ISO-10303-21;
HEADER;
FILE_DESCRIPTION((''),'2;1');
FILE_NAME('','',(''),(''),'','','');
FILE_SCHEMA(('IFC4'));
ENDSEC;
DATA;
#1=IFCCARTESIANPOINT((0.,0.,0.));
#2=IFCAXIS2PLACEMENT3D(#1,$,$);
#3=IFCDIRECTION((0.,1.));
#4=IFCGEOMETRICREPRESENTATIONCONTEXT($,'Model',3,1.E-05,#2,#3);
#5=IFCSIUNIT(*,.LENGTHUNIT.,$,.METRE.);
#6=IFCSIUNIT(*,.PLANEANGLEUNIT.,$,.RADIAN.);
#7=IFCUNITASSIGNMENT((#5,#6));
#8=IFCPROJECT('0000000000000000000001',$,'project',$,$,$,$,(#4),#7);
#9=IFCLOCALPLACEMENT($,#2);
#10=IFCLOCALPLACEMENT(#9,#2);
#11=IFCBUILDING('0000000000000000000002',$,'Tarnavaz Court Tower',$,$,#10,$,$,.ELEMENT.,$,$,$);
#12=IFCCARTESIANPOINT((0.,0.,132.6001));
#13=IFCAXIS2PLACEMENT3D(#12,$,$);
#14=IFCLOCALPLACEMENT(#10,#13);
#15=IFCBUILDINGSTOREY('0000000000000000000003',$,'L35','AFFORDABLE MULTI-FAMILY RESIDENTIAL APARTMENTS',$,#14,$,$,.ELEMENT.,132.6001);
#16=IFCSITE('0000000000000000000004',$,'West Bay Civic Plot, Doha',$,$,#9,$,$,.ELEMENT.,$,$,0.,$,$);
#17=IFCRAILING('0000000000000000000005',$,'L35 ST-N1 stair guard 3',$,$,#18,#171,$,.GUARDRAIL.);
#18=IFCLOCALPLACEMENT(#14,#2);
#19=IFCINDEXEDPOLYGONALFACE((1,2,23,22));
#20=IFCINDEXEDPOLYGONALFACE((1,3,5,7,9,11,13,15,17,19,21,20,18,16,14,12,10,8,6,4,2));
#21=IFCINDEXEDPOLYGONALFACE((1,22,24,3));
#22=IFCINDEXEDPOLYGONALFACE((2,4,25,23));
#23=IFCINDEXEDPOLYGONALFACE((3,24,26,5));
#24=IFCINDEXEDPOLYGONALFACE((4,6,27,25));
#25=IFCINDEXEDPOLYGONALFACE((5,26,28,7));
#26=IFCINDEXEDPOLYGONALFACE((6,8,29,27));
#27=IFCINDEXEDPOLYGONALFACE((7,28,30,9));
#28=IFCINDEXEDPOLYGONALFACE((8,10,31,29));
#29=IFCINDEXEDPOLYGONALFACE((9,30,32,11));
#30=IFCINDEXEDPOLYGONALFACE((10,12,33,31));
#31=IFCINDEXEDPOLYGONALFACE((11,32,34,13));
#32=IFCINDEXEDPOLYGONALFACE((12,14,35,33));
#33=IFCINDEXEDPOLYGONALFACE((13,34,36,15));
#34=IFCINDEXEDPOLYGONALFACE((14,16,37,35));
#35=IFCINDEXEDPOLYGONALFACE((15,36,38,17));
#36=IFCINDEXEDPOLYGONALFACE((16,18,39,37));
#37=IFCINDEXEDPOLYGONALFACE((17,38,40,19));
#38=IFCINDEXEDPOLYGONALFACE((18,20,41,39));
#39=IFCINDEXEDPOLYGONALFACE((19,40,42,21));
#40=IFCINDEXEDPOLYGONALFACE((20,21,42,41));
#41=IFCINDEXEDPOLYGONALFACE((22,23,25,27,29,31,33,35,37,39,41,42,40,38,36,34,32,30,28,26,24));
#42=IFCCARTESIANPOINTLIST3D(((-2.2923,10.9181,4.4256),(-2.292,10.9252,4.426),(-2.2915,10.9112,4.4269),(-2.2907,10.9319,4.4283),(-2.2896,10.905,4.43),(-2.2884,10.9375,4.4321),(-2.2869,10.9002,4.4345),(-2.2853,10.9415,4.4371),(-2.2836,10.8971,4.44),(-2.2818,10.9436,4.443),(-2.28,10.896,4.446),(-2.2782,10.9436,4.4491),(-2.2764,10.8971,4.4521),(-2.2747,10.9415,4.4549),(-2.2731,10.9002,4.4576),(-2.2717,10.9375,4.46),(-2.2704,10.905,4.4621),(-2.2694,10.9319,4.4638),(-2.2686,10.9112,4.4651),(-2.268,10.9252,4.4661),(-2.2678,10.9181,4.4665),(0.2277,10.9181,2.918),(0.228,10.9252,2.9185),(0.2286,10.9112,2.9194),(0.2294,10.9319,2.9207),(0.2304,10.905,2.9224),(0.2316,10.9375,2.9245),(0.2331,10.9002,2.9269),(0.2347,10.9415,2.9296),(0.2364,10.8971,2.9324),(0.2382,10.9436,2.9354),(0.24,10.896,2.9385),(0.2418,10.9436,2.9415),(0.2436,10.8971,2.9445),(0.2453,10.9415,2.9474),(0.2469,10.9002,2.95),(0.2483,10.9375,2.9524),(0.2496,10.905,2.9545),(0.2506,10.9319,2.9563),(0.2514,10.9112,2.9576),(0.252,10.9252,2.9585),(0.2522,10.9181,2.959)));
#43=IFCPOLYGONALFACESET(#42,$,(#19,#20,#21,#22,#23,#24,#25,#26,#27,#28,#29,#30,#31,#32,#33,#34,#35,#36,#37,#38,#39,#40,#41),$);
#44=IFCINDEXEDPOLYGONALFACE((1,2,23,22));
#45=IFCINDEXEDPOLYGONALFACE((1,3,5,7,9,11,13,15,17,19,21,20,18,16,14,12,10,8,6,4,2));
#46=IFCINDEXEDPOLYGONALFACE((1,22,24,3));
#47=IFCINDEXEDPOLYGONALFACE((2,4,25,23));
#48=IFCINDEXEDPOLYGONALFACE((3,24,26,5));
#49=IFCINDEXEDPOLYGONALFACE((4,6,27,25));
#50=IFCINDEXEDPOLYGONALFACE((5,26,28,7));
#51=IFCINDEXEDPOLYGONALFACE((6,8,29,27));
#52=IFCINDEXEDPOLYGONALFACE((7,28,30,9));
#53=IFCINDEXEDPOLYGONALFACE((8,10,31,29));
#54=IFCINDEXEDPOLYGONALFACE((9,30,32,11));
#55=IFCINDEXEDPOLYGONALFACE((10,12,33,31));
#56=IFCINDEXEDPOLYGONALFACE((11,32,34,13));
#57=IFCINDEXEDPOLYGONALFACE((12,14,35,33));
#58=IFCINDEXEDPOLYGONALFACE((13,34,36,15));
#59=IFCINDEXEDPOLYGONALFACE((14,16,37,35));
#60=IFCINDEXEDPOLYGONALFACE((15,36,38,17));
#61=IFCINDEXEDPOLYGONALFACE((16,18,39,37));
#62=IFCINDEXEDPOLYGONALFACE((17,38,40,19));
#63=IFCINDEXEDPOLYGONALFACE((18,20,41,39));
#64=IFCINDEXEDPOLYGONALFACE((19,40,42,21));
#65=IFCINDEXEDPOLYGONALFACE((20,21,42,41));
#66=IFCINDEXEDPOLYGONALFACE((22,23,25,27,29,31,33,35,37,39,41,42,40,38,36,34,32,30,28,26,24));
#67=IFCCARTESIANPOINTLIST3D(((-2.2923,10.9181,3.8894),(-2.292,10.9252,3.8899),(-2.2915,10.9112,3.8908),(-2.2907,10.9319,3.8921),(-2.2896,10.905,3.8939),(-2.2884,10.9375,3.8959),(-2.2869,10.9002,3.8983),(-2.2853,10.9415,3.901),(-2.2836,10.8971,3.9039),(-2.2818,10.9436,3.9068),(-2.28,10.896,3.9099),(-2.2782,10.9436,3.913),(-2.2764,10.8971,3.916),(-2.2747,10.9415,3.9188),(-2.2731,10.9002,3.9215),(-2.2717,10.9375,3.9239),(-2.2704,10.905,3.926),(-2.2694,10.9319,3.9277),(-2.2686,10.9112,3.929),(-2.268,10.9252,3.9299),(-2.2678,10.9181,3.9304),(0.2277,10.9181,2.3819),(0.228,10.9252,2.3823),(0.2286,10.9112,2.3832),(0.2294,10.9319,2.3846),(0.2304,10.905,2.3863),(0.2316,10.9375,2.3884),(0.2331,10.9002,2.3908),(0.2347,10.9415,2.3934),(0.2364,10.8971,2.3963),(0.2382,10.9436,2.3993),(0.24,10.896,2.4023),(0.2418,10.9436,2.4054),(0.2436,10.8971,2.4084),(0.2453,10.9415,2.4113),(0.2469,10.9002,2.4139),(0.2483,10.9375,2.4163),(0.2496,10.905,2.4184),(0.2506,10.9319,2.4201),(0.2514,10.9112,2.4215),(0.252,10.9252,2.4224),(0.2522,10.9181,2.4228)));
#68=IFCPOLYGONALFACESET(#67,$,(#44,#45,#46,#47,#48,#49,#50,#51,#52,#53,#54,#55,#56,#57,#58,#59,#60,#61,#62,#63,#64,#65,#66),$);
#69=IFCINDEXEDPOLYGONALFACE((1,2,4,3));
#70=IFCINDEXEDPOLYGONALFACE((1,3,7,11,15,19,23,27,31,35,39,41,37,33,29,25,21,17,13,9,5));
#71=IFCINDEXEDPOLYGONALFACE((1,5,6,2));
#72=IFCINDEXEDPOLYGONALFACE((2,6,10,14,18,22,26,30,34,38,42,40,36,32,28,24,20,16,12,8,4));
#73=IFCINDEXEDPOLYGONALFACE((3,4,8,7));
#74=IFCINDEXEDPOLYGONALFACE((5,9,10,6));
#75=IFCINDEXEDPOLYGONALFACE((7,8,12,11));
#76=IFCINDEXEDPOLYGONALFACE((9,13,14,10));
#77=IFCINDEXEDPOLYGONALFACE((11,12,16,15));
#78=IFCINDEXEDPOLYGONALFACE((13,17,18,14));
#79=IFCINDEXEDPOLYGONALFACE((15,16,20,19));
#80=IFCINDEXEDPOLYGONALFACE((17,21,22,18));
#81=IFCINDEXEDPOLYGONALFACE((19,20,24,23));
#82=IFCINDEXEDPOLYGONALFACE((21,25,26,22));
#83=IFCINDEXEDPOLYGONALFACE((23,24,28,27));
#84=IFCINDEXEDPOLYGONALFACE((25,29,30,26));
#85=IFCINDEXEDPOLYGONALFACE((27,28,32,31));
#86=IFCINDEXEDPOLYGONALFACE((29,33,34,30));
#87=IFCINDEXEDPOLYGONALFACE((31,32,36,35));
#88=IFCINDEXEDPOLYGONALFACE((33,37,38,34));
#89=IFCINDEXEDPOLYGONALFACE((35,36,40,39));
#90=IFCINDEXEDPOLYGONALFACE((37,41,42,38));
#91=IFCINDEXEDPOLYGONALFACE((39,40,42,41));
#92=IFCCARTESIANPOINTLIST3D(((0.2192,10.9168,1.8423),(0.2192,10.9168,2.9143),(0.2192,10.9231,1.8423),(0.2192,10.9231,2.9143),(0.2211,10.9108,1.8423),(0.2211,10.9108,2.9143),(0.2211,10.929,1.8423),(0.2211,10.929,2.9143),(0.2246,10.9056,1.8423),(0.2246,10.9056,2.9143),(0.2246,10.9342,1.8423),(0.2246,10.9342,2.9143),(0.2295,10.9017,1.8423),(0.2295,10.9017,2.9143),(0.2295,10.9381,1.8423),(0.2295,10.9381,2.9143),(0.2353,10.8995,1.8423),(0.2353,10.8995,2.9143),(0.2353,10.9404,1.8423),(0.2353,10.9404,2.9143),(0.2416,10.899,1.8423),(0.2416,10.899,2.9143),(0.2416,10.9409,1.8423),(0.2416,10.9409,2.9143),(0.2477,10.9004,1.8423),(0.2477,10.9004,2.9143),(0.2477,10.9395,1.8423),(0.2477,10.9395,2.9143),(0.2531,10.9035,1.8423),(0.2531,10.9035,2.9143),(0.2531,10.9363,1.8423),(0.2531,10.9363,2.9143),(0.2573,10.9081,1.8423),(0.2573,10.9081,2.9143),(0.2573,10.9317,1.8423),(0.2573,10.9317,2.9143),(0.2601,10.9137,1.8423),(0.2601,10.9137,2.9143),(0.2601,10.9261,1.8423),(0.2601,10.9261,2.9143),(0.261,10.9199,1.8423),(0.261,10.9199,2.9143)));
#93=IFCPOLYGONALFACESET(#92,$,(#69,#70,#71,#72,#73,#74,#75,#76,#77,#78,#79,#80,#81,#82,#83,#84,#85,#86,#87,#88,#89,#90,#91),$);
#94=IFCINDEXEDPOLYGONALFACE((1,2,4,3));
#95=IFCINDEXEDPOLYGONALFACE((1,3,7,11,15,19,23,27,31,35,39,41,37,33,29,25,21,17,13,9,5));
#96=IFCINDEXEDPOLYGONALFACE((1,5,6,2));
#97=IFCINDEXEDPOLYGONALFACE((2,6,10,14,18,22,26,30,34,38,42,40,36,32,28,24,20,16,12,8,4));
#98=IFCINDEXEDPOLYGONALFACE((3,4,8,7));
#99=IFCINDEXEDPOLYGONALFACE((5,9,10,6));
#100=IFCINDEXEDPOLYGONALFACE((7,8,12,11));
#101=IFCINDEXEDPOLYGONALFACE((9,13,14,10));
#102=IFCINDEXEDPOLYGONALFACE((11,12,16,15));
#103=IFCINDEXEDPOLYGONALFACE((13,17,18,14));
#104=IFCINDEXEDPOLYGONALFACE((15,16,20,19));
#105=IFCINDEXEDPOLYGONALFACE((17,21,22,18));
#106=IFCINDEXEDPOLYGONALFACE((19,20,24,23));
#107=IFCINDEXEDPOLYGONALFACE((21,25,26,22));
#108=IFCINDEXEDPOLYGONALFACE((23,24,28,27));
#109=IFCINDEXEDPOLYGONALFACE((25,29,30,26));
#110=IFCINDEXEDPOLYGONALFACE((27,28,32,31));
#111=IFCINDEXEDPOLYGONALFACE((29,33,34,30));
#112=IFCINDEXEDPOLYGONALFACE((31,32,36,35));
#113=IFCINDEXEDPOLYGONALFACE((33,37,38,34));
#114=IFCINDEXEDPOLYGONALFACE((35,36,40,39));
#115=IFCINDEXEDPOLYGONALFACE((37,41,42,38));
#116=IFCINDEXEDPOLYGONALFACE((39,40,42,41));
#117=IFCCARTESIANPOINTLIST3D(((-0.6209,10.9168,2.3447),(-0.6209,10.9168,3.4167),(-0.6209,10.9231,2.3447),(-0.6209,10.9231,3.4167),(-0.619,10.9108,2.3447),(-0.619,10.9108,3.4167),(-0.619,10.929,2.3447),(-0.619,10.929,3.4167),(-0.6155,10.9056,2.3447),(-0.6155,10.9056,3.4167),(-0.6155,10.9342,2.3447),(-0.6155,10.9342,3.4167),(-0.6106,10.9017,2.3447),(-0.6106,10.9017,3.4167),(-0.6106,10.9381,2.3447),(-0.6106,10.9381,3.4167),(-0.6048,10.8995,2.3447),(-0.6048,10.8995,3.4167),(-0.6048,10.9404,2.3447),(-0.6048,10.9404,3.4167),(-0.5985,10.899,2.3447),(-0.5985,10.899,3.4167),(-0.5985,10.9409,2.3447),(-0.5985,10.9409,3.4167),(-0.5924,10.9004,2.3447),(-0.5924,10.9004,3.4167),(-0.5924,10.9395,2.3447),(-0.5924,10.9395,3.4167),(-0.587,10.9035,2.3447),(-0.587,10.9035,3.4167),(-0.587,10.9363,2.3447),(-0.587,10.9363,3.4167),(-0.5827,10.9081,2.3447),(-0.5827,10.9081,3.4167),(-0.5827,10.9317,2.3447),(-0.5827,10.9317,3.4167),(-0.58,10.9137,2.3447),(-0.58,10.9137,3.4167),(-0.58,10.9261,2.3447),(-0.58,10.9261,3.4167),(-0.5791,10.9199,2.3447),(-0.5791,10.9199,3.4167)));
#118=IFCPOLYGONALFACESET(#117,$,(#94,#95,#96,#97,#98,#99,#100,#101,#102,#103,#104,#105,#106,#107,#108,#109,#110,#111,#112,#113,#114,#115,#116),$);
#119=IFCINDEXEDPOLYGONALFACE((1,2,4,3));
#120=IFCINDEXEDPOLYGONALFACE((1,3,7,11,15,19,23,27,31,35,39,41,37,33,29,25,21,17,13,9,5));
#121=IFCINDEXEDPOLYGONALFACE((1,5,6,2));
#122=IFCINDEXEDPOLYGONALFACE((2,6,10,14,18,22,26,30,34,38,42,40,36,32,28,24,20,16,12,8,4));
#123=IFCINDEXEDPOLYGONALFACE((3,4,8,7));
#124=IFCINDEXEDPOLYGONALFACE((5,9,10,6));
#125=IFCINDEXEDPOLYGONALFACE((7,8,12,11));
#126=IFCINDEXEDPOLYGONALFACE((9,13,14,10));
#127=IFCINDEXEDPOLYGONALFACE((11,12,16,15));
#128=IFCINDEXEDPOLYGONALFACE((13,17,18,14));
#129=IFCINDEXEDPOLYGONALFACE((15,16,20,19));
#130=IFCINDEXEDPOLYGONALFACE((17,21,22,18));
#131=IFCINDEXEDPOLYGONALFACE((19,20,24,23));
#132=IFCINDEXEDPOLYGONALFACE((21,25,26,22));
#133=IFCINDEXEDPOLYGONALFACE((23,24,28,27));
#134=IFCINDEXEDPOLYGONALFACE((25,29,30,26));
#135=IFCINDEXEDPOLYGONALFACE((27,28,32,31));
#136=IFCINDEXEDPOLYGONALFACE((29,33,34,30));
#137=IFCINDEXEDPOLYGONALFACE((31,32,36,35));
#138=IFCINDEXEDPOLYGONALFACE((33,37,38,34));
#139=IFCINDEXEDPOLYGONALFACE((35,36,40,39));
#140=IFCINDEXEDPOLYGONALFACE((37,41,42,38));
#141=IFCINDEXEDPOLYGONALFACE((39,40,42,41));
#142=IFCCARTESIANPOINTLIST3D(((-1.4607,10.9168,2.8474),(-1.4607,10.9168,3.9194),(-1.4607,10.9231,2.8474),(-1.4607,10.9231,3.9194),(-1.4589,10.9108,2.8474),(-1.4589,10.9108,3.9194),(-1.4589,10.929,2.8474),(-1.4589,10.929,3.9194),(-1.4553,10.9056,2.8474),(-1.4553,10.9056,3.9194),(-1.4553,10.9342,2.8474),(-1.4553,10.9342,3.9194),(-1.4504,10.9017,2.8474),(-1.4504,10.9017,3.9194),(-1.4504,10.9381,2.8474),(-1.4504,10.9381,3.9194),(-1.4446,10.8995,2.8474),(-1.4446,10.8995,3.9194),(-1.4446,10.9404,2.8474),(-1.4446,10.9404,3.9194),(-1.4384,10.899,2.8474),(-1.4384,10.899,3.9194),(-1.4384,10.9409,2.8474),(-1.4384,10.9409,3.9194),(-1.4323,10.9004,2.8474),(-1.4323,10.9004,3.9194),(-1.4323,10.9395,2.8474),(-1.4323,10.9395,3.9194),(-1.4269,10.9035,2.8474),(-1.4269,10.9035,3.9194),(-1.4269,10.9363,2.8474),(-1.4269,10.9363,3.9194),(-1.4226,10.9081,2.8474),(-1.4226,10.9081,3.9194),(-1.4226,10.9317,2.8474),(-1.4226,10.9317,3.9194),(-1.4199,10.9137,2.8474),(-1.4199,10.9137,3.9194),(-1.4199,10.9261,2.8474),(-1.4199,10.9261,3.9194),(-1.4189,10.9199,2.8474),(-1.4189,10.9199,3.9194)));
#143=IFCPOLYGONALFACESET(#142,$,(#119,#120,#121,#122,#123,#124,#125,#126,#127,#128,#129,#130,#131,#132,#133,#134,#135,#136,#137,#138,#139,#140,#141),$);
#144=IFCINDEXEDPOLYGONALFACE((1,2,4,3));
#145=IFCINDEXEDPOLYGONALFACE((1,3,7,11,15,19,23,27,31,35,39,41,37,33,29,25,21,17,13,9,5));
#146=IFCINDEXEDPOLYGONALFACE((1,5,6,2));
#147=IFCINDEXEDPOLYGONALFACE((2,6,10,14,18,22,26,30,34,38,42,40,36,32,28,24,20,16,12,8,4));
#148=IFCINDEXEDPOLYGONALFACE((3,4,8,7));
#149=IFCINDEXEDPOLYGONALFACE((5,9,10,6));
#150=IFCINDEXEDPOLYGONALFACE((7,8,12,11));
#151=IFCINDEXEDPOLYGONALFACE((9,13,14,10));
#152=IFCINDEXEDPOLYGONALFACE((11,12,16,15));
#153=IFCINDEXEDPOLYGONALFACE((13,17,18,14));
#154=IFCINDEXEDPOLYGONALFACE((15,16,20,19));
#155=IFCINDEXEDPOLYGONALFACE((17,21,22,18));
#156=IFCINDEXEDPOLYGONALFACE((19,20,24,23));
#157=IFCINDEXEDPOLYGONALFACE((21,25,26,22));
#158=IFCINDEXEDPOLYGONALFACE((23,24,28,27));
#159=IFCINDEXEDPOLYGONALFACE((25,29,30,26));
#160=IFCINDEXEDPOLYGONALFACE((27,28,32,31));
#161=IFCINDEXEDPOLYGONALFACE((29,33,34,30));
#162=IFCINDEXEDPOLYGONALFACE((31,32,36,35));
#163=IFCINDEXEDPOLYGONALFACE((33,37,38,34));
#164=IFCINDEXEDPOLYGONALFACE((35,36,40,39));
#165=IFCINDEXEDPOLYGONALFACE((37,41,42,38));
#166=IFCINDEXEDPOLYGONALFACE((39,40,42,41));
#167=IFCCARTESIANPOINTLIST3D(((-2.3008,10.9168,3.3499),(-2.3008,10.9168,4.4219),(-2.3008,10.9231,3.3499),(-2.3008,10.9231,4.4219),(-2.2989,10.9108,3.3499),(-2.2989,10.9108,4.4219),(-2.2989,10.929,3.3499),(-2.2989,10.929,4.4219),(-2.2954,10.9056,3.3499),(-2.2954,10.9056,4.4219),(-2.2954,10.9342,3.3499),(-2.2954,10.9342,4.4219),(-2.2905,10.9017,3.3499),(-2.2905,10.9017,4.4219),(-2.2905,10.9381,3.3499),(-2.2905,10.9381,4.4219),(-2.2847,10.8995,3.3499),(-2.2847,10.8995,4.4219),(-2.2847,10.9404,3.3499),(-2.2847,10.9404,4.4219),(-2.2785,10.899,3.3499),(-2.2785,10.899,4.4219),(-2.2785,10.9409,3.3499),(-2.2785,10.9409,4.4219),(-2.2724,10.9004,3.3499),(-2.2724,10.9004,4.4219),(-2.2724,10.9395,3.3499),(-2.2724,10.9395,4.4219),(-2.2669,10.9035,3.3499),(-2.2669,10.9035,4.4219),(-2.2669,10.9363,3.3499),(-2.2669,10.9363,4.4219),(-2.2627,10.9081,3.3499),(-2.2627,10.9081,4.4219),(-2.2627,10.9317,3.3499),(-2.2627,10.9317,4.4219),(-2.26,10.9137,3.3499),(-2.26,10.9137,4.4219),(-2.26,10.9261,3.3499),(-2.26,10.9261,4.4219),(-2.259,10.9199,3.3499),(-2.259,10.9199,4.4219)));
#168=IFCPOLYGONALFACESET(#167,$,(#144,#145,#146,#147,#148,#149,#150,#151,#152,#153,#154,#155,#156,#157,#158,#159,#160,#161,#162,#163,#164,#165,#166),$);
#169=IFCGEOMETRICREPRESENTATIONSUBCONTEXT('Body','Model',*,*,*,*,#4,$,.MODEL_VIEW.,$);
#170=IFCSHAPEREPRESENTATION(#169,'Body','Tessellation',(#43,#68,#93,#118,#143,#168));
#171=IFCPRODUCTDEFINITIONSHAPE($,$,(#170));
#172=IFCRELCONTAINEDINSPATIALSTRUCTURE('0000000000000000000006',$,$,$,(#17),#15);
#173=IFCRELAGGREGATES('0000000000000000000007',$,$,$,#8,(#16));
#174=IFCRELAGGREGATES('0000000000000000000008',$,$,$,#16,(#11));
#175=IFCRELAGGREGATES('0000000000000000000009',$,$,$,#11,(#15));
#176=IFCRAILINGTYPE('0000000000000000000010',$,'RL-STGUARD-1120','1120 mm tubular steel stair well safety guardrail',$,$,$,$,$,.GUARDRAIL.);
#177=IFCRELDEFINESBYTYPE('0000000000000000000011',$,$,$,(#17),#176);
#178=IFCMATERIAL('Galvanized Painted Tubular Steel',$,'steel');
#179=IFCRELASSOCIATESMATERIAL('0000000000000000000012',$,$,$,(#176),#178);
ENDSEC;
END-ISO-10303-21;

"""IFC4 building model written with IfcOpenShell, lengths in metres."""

from ifc_helpers import new_model, si_unit, direction, frame, origin, origin_2d, place, context, subcontext, project, spatial, circle, extrude, material, type_object, element, save


model = new_model("IFC4")

# Units and contexts
model_context = context("Model", 3, precision=1e-05, world=origin(), true_north=direction((0.0, 1.0)))
body_context = subcontext(model_context, "Body", "Model", "MODEL_VIEW")
ifc_project = project(units=[si_unit("LENGTHUNIT", "METRE"), si_unit("PLANEANGLEUNIT", "RADIAN")], contexts=[model_context])

# Site, building, storey
site_placement = place(None, origin())
site = spatial("IfcSite", under=ifc_project, at=site_placement, Name="West Bay Civic Plot, Doha", CompositionType="ELEMENT", RefElevation=0.0)
building_placement = place(site_placement, origin())
building = spatial("IfcBuilding", under=site, at=building_placement, Name="Tarnavaz Court Tower", CompositionType="ELEMENT")
storey_placement = place(building_placement, frame((0.0, 0.0, 132.6001)))
storey = spatial("IfcBuildingStorey", under=building, at=storey_placement, Name="L35", Description="AFFORDABLE MULTI-FAMILY RESIDENTIAL APARTMENTS", CompositionType="ELEMENT", Elevation=132.6001)

# Railing
ifc_material_1 = material(Name="Galvanized Painted Tubular Steel", Category="steel")
railing_type_1 = type_object("IfcRailingType", Name="RL-STGUARD-1120", Description="1120 mm tubular steel stair well safety guardrail", PredefinedType="GUARDRAIL", material=ifc_material_1)
railing_1_placement = place(storey_placement, frame((0.24, 10.9199, 1.8423)))
element("IfcRailing", 1, at=railing_1_placement, inside=storey, type_object=railing_type_1, Name="L35 ST-N1 stair guard 3", PredefinedType="GUARDRAIL", context=body_context, shape_type="SweptSolid", body=[
    extrude(circle(Radius=0.0239, at=origin_2d()), frame((0.0, 0.0, 1.0962), z_axis=(-0.85816, 0.0, 0.513383), x_axis=(0.0, -1.0, 0.0)), (0.0, 0.0, 1.0), 2.9365),
    extrude(circle(Radius=0.0239, at=origin_2d()), frame((0.0, 0.0, 0.5601), z_axis=(-0.85816, 0.0, 0.513383), x_axis=(0.0, -1.0, 0.0)), (0.0, 0.0, 1.0), 2.9365),
    extrude(circle(Radius=0.021, at=origin_2d()), origin(), (0.0, 0.0, 1.0), 1.072),
    extrude(circle(Radius=0.021, at=origin_2d()), frame((-0.8401, 0.0, 0.5024)), (0.0, 0.0, 1.0), 1.072),
    extrude(circle(Radius=0.021, at=origin_2d()), frame((-1.6799, 0.0, 1.0051)), (0.0, 0.0, 1.0), 1.072),
    extrude(circle(Radius=0.021, at=origin_2d()), frame((-2.52, 0.0, 1.5076)), (0.0, 0.0, 1.0), 1.072),
])

save(model, "model.ifc")
